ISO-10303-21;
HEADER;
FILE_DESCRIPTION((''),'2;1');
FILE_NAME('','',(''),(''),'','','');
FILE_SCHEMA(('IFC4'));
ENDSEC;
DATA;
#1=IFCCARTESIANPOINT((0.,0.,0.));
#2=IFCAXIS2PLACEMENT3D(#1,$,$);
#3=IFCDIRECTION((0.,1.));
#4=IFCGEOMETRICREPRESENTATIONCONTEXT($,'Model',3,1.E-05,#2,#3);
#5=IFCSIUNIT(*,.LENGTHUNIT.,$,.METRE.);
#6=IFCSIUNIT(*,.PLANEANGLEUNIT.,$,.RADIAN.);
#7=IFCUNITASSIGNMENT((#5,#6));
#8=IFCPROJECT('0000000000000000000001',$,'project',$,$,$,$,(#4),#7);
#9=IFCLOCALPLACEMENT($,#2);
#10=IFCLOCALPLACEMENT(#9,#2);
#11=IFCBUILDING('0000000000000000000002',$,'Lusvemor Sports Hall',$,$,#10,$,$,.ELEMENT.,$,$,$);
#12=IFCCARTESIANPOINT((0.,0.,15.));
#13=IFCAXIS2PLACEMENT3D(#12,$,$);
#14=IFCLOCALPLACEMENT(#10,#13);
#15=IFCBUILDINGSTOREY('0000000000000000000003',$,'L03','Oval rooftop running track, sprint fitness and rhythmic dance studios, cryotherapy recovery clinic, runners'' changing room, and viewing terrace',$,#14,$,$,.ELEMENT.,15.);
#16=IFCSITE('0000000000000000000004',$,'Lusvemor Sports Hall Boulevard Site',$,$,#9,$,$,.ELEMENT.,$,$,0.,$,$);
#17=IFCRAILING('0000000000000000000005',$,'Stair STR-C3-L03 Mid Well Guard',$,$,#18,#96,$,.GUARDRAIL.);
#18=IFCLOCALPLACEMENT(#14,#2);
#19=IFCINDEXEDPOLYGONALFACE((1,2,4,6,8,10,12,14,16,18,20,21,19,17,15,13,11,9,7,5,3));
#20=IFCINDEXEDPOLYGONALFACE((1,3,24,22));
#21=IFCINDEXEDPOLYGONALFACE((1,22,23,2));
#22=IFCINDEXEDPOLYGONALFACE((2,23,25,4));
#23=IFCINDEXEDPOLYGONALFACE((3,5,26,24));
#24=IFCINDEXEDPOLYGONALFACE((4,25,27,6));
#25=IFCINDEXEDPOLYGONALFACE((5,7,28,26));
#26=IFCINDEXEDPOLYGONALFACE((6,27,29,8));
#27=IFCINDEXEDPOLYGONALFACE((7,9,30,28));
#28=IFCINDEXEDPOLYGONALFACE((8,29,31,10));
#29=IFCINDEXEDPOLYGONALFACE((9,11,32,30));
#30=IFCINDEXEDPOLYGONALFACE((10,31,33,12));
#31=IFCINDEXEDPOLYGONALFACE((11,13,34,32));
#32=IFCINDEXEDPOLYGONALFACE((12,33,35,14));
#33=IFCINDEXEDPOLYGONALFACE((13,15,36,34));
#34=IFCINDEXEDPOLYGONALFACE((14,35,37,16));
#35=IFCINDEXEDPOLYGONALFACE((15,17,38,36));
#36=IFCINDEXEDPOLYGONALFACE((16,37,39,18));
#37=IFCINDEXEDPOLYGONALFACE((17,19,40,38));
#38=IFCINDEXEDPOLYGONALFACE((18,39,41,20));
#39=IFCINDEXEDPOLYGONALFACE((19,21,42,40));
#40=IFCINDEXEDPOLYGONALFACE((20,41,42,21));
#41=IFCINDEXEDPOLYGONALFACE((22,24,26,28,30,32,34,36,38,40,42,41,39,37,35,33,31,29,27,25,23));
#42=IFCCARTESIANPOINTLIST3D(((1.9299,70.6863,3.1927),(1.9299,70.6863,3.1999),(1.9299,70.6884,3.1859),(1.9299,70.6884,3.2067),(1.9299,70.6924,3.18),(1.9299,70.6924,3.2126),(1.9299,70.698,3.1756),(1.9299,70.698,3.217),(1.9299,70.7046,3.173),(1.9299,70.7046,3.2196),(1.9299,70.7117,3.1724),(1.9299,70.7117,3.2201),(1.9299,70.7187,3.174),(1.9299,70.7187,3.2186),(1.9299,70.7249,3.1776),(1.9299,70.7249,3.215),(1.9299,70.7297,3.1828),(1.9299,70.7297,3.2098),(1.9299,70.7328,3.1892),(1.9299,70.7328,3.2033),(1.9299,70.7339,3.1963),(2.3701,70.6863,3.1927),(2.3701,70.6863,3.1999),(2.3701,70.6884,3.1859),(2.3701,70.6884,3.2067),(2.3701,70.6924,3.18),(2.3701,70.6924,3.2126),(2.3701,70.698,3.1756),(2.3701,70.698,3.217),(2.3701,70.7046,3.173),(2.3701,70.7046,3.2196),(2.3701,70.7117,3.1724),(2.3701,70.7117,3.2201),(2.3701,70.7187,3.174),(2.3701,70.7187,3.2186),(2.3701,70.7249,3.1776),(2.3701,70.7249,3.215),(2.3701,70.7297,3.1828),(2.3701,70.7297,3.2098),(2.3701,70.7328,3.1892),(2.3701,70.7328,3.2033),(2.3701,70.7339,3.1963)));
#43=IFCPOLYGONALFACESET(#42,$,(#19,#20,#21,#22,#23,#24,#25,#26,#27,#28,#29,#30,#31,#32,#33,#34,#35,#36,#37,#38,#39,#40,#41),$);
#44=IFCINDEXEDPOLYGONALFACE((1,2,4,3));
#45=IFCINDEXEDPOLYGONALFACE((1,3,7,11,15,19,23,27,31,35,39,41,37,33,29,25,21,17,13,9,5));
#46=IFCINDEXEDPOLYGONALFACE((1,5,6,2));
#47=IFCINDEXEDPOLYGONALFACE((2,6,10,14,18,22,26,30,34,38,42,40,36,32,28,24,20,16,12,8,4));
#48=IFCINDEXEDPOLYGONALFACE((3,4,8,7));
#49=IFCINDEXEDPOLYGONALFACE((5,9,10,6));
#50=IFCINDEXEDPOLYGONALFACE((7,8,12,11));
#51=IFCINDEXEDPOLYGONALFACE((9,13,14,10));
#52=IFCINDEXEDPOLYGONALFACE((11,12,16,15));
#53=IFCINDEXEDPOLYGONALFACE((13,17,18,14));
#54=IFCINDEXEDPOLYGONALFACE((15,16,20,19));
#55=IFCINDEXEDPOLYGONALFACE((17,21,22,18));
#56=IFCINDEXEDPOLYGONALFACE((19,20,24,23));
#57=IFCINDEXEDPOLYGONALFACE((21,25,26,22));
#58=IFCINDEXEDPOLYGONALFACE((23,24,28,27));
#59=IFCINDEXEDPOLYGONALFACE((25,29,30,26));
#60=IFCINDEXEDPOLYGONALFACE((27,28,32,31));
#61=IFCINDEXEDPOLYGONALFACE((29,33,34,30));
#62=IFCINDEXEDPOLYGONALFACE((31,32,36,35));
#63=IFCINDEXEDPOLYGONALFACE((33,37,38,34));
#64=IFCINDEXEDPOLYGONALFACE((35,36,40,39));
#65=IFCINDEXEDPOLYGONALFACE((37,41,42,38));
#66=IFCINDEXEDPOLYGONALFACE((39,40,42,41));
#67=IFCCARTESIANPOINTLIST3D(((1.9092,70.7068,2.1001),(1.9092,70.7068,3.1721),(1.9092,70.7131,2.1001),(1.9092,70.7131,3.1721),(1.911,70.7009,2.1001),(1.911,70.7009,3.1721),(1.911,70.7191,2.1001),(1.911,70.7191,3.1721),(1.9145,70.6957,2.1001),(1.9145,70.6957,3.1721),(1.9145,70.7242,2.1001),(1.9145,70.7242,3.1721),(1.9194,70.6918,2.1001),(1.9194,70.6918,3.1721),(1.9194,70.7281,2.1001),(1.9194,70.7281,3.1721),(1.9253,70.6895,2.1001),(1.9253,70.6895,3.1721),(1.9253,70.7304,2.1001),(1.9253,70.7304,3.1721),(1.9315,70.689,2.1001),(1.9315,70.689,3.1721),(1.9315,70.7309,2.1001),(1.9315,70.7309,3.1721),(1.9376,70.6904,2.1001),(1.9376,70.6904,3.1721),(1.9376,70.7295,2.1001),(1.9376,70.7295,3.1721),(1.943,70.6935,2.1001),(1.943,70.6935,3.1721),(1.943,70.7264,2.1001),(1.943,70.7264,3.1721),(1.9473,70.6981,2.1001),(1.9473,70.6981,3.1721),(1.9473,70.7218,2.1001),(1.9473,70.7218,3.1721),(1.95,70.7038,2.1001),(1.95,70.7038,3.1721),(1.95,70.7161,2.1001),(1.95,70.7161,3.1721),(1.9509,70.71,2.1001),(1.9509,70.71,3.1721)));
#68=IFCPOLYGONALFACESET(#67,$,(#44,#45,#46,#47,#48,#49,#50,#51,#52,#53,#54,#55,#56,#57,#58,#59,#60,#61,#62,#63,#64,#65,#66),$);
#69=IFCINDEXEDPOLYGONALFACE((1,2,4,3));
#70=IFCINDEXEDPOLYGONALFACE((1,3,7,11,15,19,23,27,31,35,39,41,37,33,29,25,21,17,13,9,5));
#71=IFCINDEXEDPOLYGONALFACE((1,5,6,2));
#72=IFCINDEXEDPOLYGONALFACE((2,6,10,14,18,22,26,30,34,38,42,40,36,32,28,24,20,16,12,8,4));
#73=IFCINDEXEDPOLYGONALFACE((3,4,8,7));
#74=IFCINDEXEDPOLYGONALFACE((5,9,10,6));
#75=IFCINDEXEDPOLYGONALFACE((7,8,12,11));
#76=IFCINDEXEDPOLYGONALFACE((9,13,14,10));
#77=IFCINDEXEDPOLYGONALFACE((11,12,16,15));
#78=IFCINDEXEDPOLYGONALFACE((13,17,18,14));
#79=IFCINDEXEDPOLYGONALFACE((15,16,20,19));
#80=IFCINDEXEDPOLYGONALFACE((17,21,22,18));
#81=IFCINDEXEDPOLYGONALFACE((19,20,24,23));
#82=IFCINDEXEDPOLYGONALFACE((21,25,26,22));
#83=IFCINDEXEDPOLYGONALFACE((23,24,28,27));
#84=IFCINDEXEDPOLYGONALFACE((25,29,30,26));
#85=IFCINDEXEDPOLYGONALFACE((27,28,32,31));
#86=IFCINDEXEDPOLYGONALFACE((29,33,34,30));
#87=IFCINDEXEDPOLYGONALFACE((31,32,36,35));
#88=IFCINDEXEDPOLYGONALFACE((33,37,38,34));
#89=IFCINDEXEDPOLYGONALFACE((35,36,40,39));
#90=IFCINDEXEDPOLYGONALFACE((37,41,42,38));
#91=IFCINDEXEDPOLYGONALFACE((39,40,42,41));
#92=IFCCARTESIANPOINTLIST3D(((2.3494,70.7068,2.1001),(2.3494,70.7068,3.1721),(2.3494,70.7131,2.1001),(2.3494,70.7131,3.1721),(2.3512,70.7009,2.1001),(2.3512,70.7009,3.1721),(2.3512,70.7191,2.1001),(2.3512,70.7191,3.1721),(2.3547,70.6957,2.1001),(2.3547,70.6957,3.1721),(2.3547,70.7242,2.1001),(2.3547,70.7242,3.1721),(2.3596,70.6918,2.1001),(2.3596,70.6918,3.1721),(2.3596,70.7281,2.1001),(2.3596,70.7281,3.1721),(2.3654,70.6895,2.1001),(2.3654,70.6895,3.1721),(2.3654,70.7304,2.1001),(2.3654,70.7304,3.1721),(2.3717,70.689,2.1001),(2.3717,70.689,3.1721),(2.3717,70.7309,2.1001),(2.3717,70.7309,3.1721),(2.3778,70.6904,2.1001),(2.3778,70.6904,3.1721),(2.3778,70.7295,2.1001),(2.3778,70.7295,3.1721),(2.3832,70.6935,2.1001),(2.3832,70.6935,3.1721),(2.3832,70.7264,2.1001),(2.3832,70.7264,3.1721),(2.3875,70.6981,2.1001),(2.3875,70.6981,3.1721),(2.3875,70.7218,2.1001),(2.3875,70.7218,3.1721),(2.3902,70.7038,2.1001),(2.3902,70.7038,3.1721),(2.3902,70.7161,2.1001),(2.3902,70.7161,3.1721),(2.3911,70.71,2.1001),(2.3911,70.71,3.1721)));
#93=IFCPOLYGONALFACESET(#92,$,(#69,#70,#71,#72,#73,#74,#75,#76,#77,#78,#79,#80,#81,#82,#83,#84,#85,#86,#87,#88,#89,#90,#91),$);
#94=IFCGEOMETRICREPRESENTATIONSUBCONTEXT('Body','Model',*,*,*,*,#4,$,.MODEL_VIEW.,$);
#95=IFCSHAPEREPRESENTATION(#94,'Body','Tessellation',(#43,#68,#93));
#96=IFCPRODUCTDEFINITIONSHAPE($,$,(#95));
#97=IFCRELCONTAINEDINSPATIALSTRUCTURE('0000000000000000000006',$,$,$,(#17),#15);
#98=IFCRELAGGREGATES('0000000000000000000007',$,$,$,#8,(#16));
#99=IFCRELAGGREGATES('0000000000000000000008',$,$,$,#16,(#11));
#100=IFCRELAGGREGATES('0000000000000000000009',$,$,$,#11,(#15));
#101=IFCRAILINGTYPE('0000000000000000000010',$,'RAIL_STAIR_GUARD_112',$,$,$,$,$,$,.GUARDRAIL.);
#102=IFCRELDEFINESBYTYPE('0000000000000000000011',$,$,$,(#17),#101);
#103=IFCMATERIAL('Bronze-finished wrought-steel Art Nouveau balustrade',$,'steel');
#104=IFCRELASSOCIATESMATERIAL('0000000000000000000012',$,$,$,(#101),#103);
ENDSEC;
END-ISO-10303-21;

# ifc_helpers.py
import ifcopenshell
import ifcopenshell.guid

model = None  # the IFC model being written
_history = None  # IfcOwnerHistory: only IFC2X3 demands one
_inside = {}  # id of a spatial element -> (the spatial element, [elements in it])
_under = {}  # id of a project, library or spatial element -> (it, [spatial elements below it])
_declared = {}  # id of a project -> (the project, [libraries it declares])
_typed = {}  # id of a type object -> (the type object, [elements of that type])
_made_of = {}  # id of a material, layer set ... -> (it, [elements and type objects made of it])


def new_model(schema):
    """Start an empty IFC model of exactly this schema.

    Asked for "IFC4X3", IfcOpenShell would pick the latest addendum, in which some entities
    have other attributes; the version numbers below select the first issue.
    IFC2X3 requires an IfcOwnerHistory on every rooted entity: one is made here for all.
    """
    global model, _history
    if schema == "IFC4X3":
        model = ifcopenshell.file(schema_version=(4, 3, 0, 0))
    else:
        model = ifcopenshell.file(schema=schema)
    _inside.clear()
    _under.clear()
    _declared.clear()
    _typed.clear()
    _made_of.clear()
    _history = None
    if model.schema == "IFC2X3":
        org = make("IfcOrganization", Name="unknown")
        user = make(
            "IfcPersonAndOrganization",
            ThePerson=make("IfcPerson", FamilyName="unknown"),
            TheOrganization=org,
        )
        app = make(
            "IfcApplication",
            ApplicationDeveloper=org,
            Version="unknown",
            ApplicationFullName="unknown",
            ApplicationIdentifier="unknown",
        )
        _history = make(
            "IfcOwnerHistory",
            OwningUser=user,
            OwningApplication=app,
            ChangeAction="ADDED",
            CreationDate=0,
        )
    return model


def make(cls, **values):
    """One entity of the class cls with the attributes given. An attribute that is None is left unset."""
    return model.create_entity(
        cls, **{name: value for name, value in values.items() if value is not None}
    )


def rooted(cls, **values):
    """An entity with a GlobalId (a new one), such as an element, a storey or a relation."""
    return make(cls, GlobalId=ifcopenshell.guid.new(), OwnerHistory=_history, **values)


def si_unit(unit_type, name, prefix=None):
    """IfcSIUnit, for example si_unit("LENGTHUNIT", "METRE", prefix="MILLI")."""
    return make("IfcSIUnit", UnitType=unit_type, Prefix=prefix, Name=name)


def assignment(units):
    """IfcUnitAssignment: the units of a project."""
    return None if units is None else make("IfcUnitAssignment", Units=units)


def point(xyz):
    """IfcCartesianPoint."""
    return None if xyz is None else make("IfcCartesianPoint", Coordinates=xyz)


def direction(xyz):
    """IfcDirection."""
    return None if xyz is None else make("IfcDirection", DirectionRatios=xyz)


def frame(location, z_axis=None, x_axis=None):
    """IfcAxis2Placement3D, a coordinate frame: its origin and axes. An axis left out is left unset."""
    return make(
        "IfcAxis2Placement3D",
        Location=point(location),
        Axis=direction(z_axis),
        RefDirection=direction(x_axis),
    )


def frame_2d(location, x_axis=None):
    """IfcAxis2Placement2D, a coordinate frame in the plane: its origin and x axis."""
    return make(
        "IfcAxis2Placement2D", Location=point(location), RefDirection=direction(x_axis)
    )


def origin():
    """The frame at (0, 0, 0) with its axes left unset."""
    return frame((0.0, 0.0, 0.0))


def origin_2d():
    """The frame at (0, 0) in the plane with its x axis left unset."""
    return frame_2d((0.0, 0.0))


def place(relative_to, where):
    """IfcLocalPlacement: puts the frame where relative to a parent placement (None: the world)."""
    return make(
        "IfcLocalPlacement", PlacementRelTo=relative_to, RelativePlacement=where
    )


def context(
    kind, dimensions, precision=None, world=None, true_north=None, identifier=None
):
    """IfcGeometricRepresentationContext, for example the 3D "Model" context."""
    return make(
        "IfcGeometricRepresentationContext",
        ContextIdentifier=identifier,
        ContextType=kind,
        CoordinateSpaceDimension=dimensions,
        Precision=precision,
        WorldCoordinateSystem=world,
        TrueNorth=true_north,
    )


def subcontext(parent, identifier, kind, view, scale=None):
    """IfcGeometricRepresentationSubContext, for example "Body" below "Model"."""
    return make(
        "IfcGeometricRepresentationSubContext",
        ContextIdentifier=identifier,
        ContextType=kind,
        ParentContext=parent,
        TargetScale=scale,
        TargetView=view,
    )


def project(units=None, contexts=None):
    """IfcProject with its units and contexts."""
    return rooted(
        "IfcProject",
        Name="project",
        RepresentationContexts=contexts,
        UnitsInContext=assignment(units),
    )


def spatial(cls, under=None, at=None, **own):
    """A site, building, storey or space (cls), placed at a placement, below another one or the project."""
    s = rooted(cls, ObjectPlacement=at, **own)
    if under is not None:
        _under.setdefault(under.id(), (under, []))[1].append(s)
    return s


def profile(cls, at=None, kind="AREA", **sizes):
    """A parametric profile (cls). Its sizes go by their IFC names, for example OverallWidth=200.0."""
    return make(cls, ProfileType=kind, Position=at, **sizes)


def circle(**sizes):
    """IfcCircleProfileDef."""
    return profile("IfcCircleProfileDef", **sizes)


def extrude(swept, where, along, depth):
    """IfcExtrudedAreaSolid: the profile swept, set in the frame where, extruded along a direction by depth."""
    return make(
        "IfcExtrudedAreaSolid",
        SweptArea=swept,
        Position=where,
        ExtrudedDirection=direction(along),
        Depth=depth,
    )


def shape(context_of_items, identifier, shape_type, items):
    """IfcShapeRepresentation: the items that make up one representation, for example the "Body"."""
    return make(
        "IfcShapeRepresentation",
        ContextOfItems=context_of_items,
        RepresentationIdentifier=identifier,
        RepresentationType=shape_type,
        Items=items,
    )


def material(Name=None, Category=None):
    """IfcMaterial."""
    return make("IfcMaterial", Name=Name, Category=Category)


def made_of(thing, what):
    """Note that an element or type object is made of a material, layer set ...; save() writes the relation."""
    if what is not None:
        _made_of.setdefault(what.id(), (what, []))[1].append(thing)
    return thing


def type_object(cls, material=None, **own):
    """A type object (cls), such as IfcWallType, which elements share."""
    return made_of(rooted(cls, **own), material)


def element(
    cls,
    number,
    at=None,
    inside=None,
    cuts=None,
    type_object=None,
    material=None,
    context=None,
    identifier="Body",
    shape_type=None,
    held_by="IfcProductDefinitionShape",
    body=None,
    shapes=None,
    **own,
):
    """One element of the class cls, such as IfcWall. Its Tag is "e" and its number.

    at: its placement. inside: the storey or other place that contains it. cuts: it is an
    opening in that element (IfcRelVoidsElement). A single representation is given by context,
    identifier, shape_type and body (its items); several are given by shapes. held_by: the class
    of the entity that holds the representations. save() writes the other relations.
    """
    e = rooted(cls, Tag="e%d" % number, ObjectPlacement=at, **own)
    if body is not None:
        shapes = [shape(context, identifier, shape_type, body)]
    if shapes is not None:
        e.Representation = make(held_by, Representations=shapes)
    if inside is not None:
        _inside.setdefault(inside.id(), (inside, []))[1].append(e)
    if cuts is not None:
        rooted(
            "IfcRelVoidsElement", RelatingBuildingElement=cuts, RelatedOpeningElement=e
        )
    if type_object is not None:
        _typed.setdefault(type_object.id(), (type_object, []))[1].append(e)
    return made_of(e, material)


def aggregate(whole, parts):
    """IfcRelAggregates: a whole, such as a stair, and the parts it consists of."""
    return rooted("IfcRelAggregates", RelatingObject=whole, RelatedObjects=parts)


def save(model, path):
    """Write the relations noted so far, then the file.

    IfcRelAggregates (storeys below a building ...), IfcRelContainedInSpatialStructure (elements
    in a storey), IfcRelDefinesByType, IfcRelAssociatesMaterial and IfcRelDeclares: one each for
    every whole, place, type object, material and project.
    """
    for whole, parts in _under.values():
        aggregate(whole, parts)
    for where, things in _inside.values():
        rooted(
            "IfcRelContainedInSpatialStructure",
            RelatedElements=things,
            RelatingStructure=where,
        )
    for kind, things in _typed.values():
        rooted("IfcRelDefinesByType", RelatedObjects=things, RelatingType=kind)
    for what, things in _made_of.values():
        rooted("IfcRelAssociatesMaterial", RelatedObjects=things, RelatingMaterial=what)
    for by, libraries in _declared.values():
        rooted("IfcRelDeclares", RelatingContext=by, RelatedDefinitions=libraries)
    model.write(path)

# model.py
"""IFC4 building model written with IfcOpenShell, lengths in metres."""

from ifc_helpers import new_model, si_unit, direction, frame, origin, origin_2d, place, context, subcontext, project, spatial, circle, extrude, material, type_object, element, save


model = new_model("IFC4")

# Units and contexts
model_context = context("Model", 3, precision=1e-05, world=origin(), true_north=direction((0.0, 1.0)))
body_context = subcontext(model_context, "Body", "Model", "MODEL_VIEW")
ifc_project = project(units=[si_unit("LENGTHUNIT", "METRE"), si_unit("PLANEANGLEUNIT", "RADIAN")], contexts=[model_context])

# Site, building, storey
site_placement = place(None, origin())
site = spatial("IfcSite", under=ifc_project, at=site_placement, Name="Lusvemor Sports Hall Boulevard Site", CompositionType="ELEMENT", RefElevation=0.0)
building_placement = place(site_placement, origin())
building = spatial("IfcBuilding", under=site, at=building_placement, Name="Lusvemor Sports Hall", CompositionType="ELEMENT")
storey_placement = place(building_placement, frame((0.0, 0.0, 15.0)))
storey = spatial("IfcBuildingStorey", under=building, at=storey_placement, Name="L03", Description="Oval rooftop running track, sprint fitness and rhythmic dance studios, cryotherapy recovery clinic, runners' changing room, and viewing terrace", CompositionType="ELEMENT", Elevation=15.0)

# Railing
ifc_material_1 = material(Name="Bronze-finished wrought-steel Art Nouveau balustrade", Category="steel")
railing_type_1 = type_object("IfcRailingType", Name="RAIL_STAIR_GUARD_112", PredefinedType="GUARDRAIL", material=ifc_material_1)
railing_1_placement = place(storey_placement, frame((1.9299, 70.71, 2.1001)))
element("IfcRailing", 1, at=railing_1_placement, inside=storey, type_object=railing_type_1, Name="Stair STR-C3-L03 Mid Well Guard", PredefinedType="GUARDRAIL", context=body_context, shape_type="SweptSolid", body=[
    extrude(circle(Radius=0.0239, at=origin_2d()), frame((0.0, 0.0, 1.0962), z_axis=(1.0, 0.0, 0.0), x_axis=(0.0, 1.0, 0.0)), (0.0, 0.0, 1.0), 0.4402),
    extrude(circle(Radius=0.021, at=origin_2d()), origin(), (0.0, 0.0, 1.0), 1.072),
    extrude(circle(Radius=0.021, at=origin_2d()), frame((0.4402, 0.0, 0.0)), (0.0, 0.0, 1.0), 1.072),
])

save(model, "model.ifc")
